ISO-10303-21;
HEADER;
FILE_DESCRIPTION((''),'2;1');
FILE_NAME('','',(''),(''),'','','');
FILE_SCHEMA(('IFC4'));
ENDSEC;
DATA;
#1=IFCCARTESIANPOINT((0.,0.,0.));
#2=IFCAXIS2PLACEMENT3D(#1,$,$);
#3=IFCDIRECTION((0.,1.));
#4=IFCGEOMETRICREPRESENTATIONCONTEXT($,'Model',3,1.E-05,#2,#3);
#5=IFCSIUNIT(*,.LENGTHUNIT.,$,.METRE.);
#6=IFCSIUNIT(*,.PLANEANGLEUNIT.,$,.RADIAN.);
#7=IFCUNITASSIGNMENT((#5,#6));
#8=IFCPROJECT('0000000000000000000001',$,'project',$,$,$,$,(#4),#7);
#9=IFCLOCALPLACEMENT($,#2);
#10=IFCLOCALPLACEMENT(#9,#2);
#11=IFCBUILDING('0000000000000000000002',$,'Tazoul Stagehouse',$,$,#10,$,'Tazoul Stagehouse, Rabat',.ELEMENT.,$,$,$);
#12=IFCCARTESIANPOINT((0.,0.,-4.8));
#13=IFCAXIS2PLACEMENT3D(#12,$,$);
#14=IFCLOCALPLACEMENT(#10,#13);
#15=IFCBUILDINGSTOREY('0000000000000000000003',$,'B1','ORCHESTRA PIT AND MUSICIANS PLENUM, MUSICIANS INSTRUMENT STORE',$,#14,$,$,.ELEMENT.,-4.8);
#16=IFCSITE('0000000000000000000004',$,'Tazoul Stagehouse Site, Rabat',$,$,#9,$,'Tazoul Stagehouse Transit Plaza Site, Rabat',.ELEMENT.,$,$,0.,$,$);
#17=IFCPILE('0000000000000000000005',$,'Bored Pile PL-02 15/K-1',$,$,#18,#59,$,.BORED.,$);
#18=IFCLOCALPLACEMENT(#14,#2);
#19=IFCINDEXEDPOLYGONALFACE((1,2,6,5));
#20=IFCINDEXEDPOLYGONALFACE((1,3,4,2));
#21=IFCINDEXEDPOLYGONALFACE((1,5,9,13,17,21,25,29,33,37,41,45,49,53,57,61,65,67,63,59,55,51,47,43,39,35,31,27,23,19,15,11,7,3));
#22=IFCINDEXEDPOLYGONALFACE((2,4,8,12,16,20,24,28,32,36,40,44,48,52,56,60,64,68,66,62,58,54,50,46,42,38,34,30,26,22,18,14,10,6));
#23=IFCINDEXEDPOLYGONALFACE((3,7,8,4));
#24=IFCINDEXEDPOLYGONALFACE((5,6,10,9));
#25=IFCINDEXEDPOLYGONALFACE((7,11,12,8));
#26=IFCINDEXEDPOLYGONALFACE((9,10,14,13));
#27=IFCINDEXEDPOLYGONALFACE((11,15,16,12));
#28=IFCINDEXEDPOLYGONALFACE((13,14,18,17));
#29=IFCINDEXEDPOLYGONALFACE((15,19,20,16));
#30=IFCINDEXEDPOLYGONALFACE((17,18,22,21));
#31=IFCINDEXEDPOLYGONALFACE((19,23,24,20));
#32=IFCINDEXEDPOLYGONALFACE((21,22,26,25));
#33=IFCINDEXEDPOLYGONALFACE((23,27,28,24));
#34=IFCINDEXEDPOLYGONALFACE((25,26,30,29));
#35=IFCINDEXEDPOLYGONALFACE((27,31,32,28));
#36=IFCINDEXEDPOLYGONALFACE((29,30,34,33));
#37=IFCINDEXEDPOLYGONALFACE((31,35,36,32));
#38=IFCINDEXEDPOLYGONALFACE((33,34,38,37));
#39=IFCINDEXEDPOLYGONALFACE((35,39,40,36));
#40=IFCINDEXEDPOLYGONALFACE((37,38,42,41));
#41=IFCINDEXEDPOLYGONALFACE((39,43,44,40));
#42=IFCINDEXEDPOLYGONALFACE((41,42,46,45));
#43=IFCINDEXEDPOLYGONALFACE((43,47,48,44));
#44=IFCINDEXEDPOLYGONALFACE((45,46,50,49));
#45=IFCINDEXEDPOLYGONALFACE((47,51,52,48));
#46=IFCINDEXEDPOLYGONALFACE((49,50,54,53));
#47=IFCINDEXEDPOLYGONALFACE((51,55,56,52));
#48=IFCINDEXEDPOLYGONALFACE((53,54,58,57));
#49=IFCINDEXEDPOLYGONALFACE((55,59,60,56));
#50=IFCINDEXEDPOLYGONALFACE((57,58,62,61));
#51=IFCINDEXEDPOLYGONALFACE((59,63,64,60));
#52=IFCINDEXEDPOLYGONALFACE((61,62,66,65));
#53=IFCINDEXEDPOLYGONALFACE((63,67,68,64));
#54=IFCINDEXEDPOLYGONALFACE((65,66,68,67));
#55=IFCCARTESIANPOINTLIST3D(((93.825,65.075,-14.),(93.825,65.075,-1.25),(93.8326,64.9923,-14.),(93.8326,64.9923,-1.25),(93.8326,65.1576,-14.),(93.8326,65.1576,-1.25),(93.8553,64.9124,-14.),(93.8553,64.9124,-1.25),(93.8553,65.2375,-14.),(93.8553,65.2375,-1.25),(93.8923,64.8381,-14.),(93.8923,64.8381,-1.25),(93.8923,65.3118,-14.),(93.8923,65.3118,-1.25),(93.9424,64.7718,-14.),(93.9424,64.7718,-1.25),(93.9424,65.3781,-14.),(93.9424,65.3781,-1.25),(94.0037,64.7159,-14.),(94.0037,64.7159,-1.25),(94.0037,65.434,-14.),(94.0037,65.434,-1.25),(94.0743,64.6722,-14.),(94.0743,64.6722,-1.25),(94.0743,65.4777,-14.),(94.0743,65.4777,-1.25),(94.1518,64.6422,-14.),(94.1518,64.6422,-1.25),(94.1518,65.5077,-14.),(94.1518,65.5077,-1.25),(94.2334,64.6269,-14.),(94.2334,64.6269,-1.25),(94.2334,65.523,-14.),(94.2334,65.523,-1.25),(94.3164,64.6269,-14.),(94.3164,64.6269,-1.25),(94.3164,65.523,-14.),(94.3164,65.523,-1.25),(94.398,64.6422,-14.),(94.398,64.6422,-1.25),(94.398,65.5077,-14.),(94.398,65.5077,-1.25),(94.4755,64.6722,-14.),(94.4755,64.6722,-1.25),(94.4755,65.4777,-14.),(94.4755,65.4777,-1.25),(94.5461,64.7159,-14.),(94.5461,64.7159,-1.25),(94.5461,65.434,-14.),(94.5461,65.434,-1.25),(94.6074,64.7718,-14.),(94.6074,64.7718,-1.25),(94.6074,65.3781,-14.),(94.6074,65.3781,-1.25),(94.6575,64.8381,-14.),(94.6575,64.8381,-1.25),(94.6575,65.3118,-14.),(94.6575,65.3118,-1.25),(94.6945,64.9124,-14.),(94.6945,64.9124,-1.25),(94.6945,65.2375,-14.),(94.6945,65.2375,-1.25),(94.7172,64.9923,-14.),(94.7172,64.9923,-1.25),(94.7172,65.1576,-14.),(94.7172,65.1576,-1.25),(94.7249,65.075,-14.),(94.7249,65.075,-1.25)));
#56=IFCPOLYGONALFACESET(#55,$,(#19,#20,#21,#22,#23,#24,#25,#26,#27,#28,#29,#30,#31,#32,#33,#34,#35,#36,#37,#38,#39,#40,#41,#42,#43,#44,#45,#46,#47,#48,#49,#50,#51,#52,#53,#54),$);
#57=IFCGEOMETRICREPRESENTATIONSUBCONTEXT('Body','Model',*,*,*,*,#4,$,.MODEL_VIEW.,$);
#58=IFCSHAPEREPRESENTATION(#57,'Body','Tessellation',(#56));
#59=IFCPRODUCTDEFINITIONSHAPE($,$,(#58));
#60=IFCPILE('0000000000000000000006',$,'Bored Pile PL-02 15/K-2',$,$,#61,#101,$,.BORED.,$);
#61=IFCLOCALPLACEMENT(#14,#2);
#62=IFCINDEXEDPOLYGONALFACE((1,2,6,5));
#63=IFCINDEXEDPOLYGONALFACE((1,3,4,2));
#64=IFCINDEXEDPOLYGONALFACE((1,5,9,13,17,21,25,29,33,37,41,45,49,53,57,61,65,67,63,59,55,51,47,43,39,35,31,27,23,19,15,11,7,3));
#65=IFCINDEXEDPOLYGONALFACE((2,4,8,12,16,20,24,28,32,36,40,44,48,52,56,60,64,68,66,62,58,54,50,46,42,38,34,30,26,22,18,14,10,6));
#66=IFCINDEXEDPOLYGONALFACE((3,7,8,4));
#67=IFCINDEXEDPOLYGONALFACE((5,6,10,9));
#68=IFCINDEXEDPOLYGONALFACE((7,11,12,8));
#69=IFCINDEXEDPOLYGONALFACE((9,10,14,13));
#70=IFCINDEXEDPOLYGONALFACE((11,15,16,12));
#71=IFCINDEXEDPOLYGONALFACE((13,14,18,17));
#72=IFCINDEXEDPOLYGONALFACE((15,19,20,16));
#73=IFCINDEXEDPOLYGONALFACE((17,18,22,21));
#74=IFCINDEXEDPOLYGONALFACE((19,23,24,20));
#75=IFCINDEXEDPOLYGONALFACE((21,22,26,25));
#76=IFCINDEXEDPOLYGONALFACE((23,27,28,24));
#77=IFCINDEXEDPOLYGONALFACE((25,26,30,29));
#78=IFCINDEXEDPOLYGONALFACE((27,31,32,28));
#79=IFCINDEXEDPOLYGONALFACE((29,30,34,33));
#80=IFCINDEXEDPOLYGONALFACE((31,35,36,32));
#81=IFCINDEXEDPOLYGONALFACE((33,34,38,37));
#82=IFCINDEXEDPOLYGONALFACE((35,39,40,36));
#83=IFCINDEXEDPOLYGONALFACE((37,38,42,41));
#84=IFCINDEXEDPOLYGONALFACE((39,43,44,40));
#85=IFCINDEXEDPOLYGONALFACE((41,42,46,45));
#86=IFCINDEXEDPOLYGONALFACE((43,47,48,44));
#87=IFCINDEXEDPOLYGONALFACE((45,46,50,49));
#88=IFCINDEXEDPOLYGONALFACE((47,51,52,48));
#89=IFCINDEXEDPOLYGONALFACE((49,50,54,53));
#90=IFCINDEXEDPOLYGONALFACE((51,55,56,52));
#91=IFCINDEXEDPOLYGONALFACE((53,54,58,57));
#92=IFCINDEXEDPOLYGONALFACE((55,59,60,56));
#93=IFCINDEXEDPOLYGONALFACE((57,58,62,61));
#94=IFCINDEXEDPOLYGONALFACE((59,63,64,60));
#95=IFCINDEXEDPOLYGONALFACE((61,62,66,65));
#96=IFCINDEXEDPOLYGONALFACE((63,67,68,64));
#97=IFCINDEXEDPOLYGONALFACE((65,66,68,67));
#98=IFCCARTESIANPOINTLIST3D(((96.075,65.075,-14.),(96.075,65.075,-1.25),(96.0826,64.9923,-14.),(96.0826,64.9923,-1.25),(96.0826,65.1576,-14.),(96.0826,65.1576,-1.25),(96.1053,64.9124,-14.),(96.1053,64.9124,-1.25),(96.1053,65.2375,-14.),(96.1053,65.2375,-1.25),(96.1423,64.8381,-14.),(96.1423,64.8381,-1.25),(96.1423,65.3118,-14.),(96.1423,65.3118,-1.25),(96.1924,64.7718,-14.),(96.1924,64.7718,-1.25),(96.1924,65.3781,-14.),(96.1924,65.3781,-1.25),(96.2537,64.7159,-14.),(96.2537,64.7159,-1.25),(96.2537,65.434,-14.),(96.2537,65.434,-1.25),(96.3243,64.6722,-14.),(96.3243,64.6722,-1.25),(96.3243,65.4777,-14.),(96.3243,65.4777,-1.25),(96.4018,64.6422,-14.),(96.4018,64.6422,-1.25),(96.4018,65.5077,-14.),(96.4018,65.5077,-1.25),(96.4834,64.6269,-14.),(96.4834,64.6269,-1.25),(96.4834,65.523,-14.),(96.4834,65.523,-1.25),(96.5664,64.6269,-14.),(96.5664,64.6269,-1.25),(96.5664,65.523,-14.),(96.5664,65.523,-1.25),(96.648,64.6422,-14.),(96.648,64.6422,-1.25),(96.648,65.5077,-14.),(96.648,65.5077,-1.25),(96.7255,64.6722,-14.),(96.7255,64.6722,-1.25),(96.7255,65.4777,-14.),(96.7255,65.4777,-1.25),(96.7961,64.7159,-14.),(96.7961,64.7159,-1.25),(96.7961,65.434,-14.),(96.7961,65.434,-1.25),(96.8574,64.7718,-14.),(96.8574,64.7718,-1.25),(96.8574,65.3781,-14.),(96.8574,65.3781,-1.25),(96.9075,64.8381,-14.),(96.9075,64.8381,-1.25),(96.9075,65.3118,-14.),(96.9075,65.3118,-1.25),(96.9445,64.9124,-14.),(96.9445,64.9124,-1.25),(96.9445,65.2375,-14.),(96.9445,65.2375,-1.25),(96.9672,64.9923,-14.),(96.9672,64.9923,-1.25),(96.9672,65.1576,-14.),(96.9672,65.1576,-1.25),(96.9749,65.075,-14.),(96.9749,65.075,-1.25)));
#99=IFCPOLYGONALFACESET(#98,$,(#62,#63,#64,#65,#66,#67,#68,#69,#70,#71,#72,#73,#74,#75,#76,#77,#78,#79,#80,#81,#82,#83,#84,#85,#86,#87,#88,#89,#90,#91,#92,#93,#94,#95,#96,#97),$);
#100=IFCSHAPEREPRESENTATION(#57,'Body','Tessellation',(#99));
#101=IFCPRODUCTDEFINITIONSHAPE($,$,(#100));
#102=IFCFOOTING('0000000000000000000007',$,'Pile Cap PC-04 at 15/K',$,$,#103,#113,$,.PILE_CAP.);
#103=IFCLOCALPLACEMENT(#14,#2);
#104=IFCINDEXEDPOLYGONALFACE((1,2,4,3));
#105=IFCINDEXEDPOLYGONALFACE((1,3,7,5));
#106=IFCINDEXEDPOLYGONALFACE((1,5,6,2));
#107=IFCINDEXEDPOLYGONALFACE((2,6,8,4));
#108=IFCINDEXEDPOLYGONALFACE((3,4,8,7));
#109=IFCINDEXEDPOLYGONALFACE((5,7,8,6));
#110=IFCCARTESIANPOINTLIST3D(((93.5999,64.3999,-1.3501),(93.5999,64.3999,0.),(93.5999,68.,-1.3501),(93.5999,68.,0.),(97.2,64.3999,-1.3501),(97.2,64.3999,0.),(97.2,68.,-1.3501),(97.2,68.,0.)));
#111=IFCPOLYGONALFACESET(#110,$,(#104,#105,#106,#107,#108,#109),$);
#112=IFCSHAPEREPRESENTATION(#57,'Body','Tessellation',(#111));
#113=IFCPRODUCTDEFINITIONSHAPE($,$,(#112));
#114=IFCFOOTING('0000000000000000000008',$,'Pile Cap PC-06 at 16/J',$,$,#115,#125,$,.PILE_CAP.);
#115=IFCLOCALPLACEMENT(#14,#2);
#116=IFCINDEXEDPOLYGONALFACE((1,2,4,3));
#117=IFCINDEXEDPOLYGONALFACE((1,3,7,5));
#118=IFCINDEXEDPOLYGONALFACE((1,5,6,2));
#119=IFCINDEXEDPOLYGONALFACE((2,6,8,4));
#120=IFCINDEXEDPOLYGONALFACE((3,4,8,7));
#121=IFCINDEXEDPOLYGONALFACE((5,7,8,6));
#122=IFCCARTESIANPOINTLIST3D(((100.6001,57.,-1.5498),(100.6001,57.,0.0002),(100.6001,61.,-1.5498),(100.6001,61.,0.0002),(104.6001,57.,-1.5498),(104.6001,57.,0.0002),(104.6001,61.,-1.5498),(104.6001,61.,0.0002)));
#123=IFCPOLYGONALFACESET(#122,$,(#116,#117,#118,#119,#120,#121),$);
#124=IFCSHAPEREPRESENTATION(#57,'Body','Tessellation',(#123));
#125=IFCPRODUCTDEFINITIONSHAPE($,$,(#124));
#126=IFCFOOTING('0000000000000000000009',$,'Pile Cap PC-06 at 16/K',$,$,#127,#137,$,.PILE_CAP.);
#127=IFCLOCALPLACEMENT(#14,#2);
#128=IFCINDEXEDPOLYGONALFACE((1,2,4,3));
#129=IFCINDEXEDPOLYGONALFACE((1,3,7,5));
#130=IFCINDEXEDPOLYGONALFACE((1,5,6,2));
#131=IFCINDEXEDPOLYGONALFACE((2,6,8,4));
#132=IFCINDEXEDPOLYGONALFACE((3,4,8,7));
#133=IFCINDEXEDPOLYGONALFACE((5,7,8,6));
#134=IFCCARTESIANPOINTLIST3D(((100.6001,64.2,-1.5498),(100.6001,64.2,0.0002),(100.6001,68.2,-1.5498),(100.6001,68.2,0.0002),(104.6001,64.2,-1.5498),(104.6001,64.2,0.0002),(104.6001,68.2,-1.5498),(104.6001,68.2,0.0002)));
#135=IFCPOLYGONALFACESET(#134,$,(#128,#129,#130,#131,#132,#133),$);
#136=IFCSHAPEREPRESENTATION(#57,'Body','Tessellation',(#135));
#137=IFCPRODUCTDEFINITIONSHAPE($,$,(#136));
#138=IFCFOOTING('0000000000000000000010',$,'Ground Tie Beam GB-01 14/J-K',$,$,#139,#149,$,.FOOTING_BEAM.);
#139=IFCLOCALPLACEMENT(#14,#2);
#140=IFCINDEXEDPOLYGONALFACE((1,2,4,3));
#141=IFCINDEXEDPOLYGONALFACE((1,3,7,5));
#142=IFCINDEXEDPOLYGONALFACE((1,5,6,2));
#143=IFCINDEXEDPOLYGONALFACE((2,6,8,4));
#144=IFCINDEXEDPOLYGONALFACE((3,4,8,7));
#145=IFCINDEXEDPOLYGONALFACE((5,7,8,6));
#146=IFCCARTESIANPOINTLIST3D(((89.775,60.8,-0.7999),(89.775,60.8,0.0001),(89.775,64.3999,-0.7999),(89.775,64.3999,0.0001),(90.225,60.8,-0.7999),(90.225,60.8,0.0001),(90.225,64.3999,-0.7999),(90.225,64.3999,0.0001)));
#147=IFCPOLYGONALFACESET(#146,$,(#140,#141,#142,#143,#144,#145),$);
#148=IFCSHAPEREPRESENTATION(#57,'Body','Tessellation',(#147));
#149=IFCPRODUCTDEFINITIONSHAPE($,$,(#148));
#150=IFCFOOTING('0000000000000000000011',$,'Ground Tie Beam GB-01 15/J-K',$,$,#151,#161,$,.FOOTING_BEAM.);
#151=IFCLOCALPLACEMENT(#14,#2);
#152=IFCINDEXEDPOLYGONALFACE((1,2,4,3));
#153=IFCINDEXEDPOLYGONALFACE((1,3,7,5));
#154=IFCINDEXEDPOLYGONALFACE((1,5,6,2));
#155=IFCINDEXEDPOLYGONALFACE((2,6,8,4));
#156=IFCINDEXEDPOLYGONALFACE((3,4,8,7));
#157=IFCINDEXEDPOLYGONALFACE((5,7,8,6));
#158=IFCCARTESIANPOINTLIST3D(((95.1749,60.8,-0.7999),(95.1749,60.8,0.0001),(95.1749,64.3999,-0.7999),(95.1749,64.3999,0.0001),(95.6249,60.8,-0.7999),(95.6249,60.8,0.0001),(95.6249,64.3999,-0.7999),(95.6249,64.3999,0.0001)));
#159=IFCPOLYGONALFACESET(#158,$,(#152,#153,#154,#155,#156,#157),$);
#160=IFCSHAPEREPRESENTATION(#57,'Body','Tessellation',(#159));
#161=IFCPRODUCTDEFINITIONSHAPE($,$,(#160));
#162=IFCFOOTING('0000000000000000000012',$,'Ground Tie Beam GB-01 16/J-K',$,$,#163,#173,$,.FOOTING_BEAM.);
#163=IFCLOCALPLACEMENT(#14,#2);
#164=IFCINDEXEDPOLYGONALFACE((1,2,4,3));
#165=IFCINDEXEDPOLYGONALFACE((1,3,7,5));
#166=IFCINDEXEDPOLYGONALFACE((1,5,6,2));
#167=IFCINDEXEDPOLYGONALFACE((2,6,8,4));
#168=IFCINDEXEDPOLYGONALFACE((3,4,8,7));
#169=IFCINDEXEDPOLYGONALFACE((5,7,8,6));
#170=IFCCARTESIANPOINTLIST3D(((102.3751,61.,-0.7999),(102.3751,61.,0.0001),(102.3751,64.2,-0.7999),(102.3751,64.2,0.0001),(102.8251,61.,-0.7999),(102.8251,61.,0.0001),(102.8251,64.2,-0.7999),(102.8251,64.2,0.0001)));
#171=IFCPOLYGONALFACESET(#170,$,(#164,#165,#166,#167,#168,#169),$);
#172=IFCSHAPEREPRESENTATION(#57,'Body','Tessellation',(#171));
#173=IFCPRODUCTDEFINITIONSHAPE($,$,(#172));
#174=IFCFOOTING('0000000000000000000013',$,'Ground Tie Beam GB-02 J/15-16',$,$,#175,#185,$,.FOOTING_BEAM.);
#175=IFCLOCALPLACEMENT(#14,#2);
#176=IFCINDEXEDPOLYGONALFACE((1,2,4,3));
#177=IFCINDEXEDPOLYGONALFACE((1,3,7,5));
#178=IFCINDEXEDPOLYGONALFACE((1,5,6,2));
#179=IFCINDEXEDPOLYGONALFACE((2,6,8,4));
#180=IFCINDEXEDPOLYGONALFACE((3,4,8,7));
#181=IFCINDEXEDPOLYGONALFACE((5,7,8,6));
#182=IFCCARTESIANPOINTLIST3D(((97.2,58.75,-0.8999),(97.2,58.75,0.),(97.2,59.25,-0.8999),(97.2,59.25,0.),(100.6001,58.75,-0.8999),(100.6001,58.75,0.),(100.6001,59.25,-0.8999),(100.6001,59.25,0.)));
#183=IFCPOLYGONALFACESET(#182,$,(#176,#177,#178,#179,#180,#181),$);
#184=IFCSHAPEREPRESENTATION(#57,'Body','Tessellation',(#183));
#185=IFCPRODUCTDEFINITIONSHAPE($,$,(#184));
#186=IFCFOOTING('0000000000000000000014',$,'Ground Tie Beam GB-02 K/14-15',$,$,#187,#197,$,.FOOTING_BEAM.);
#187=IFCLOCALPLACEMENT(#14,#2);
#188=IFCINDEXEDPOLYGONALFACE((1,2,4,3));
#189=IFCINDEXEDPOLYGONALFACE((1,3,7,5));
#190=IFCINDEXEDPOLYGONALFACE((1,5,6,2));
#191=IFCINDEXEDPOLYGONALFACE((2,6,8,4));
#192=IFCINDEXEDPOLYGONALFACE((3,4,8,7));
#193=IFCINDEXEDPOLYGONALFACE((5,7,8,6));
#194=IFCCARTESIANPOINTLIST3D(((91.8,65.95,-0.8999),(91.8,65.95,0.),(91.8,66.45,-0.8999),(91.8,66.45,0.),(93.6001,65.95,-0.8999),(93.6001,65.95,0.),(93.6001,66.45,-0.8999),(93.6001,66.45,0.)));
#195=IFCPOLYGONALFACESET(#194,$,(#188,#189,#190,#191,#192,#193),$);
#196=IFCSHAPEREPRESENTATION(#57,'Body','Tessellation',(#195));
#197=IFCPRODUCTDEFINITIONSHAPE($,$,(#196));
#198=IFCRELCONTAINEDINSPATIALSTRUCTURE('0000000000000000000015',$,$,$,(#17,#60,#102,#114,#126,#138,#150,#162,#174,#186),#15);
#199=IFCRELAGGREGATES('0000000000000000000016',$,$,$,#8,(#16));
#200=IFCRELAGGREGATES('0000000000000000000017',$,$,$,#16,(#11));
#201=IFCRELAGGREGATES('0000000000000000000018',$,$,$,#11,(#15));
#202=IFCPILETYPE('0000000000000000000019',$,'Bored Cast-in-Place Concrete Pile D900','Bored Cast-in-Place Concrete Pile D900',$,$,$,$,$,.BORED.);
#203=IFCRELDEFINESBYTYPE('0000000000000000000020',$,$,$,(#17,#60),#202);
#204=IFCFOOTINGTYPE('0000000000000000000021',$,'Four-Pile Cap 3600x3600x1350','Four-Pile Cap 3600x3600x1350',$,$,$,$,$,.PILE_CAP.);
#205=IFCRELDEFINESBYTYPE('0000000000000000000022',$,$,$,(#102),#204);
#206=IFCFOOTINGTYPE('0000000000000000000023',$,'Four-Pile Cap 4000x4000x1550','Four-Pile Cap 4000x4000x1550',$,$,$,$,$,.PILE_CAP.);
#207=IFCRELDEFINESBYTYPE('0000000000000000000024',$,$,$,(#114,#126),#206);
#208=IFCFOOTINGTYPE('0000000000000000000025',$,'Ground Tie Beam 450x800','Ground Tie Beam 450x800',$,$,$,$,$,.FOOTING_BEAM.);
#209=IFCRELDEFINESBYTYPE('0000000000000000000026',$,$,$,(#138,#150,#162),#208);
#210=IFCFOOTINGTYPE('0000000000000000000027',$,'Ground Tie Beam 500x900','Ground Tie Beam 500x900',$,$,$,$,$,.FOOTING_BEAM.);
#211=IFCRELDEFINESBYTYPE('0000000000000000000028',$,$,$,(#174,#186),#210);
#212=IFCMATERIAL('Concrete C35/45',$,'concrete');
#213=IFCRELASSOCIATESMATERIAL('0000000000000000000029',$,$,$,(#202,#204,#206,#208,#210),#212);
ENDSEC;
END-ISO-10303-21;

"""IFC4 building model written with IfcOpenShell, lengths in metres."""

from ifc_helpers import new_model, si_unit, direction, frame, origin, origin_2d, place, context, subcontext, project, spatial, rectangle, circle, extrude, material, material_profile, profile_set, type_object, element, save


model = new_model("IFC4")

# Units and contexts
model_context = context("Model", 3, precision=1e-05, world=origin(), true_north=direction((0.0, 1.0)))
body_context = subcontext(model_context, "Body", "Model", "MODEL_VIEW")
ifc_project = project(units=[si_unit("LENGTHUNIT", "METRE"), si_unit("PLANEANGLEUNIT", "RADIAN")], contexts=[model_context])

# Site, building, storey
site_placement = place(None, origin())
site = spatial("IfcSite", under=ifc_project, at=site_placement, Name="Tazoul Stagehouse Site, Rabat", LongName="Tazoul Stagehouse Transit Plaza Site, Rabat", CompositionType="ELEMENT", RefElevation=0.0)
building_placement = place(site_placement, origin())
building = spatial("IfcBuilding", under=site, at=building_placement, Name="Tazoul Stagehouse", LongName="Tazoul Stagehouse, Rabat", CompositionType="ELEMENT")
storey_placement = place(building_placement, frame((0.0, 0.0, -4.8)))
storey = spatial("IfcBuildingStorey", under=building, at=storey_placement, Name="B1", Description="ORCHESTRA PIT AND MUSICIANS PLENUM, MUSICIANS INSTRUMENT STORE", CompositionType="ELEMENT", Elevation=-4.8)

# Piles
ifc_material_1 = material(Name="Concrete C35/45", Category="concrete")
ifc_material_profile_1 = material_profile(ifc_material_1, circle(Radius=0.45, at=origin_2d()), Name="BORED PILE 900")
ifc_profile_set_1 = profile_set([ifc_material_profile_1], Name="Concrete C35/45")
pile_type_1 = type_object("IfcPileType", Name="Bored Cast-in-Place Concrete Pile D900", Description="Bored Cast-in-Place Concrete Pile D900", PredefinedType="BORED", material=ifc_profile_set_1)
for number, where, z_axis, x_axis, name in (
    (1, (94.2749, 65.075, -1.25), (0.0, 0.0, -1.0), (1.0, 0.0, 0.0), "Bored Pile PL-02 15/K-1"),
    (2, (96.5249, 65.075, -1.25), (0.0, 0.0, -1.0), (1.0, 0.0, 0.0), "Bored Pile PL-02 15/K-2"),
):
    element("IfcPile", number, at=place(storey_placement, frame(where, z_axis=z_axis, x_axis=x_axis)), inside=storey, type_object=pile_type_1, Name=name, PredefinedType="BORED", context=body_context, shape_type="SweptSolid", body=[
        extrude(circle(Radius=0.45, at=origin_2d()), origin(), (0.0, 0.0, 1.0), 12.75),
    ])

# Footings
footing_type_1 = type_object("IfcFootingType", Name="Four-Pile Cap 3600x3600x1350", Description="Four-Pile Cap 3600x3600x1350", PredefinedType="PILE_CAP", material=ifc_material_1)
footing_1_placement = place(storey_placement, frame((95.3999, 66.2, -1.3501), z_axis=(0.0, 0.0, 1.0), x_axis=(1.0, 0.0, 0.0)))
element("IfcFooting", 3, at=footing_1_placement, inside=storey, type_object=footing_type_1, Name="Pile Cap PC-04 at 15/K", PredefinedType="PILE_CAP", context=body_context, shape_type="SweptSolid", body=[
    extrude(rectangle(XDim=3.6001, YDim=3.6001, at=origin_2d()), origin(), (0.0, 0.0, 1.0), 1.3501),
])
footing_type_2 = type_object("IfcFootingType", Name="Four-Pile Cap 4000x4000x1550", Description="Four-Pile Cap 4000x4000x1550", PredefinedType="PILE_CAP", material=ifc_material_1)
for number, where, z_axis, x_axis, name in (
    (4, (102.6001, 59.0, -1.5498), (0.0, 0.0, 1.0), (1.0, 0.0, 0.0), "Pile Cap PC-06 at 16/J"),
    (5, (102.6001, 66.2, -1.5498), (0.0, 0.0, 1.0), (1.0, 0.0, 0.0), "Pile Cap PC-06 at 16/K"),
):
    element("IfcFooting", number, at=place(storey_placement, frame(where, z_axis=z_axis, x_axis=x_axis)), inside=storey, type_object=footing_type_2, Name=name, PredefinedType="PILE_CAP", context=body_context, shape_type="SweptSolid", body=[
        extrude(rectangle(XDim=4.0, YDim=4.0, at=origin_2d()), origin(), (0.0, 0.0, 1.0), 1.55),
    ])
ifc_material_profile_2 = material_profile(ifc_material_1, rectangle(XDim=0.45, YDim=0.8, at=origin_2d()), Name="RC 450x800")
ifc_profile_set_2 = profile_set([ifc_material_profile_2], Name="Concrete C35/45")
footing_type_3 = type_object("IfcFootingType", Name="Ground Tie Beam 450x800", Description="Ground Tie Beam 450x800", PredefinedType="FOOTING_BEAM", material=ifc_profile_set_2)
for number, where, z_axis, x_axis, name in (
    (6, (90.0, 60.8, -0.3999), (0.0, 1.0, 0.0), (-1.0, 0.0, 0.0), "Ground Tie Beam GB-01 14/J-K"),
    (7, (95.3999, 60.8, -0.3999), (0.0, 1.0, 0.0), (-1.0, 0.0, 0.0), "Ground Tie Beam GB-01 15/J-K"),
):
    element("IfcFooting", number, at=place(storey_placement, frame(where, z_axis=z_axis, x_axis=x_axis)), inside=storey, type_object=footing_type_3, Name=name, PredefinedType="FOOTING_BEAM", context=body_context, shape_type="SweptSolid", body=[
        extrude(rectangle(XDim=0.45, YDim=0.8, at=origin_2d()), origin(), (0.0, 0.0, 1.0), 3.5999),
    ])
footing_2_placement = place(storey_placement, frame((102.6001, 61.0, -0.3999), z_axis=(0.0, 1.0, 0.0), x_axis=(-1.0, 0.0, 0.0)))
element("IfcFooting", 8, at=footing_2_placement, inside=storey, type_object=footing_type_3, Name="Ground Tie Beam GB-01 16/J-K", PredefinedType="FOOTING_BEAM", context=body_context, shape_type="SweptSolid", body=[
    extrude(rectangle(XDim=0.45, YDim=0.8, at=origin_2d()), origin(), (0.0, 0.0, 1.0), 3.2),
])
ifc_material_profile_3 = material_profile(ifc_material_1, rectangle(XDim=0.5, YDim=0.8999, at=origin_2d()), Name="RC 500x900")
ifc_profile_set_3 = profile_set([ifc_material_profile_3], Name="Concrete C35/45")
footing_type_4 = type_object("IfcFootingType", Name="Ground Tie Beam 500x900", Description="Ground Tie Beam 500x900", PredefinedType="FOOTING_BEAM", material=ifc_profile_set_3)
footing_3_placement = place(storey_placement, frame((97.2, 59.0, -0.45), z_axis=(1.0, 0.0, 0.0), x_axis=(0.0, 1.0, 0.0)))
element("IfcFooting", 9, at=footing_3_placement, inside=storey, type_object=footing_type_4, Name="Ground Tie Beam GB-02 J/15-16", PredefinedType="FOOTING_BEAM", context=body_context, shape_type="SweptSolid", body=[
    extrude(rectangle(XDim=0.5, YDim=0.8999, at=origin_2d()), origin(), (0.0, 0.0, 1.0), 3.4001),
])
footing_4_placement = place(storey_placement, frame((91.8, 66.2, -0.45), z_axis=(1.0, 0.0, 0.0), x_axis=(0.0, 1.0, 0.0)))
element("IfcFooting", 10, at=footing_4_placement, inside=storey, type_object=footing_type_4, Name="Ground Tie Beam GB-02 K/14-15", PredefinedType="FOOTING_BEAM", context=body_context, shape_type="SweptSolid", body=[
    extrude(rectangle(XDim=0.5, YDim=0.8999, at=origin_2d()), origin(), (0.0, 0.0, 1.0), 1.8),
])

save(model, "model.ifc")
